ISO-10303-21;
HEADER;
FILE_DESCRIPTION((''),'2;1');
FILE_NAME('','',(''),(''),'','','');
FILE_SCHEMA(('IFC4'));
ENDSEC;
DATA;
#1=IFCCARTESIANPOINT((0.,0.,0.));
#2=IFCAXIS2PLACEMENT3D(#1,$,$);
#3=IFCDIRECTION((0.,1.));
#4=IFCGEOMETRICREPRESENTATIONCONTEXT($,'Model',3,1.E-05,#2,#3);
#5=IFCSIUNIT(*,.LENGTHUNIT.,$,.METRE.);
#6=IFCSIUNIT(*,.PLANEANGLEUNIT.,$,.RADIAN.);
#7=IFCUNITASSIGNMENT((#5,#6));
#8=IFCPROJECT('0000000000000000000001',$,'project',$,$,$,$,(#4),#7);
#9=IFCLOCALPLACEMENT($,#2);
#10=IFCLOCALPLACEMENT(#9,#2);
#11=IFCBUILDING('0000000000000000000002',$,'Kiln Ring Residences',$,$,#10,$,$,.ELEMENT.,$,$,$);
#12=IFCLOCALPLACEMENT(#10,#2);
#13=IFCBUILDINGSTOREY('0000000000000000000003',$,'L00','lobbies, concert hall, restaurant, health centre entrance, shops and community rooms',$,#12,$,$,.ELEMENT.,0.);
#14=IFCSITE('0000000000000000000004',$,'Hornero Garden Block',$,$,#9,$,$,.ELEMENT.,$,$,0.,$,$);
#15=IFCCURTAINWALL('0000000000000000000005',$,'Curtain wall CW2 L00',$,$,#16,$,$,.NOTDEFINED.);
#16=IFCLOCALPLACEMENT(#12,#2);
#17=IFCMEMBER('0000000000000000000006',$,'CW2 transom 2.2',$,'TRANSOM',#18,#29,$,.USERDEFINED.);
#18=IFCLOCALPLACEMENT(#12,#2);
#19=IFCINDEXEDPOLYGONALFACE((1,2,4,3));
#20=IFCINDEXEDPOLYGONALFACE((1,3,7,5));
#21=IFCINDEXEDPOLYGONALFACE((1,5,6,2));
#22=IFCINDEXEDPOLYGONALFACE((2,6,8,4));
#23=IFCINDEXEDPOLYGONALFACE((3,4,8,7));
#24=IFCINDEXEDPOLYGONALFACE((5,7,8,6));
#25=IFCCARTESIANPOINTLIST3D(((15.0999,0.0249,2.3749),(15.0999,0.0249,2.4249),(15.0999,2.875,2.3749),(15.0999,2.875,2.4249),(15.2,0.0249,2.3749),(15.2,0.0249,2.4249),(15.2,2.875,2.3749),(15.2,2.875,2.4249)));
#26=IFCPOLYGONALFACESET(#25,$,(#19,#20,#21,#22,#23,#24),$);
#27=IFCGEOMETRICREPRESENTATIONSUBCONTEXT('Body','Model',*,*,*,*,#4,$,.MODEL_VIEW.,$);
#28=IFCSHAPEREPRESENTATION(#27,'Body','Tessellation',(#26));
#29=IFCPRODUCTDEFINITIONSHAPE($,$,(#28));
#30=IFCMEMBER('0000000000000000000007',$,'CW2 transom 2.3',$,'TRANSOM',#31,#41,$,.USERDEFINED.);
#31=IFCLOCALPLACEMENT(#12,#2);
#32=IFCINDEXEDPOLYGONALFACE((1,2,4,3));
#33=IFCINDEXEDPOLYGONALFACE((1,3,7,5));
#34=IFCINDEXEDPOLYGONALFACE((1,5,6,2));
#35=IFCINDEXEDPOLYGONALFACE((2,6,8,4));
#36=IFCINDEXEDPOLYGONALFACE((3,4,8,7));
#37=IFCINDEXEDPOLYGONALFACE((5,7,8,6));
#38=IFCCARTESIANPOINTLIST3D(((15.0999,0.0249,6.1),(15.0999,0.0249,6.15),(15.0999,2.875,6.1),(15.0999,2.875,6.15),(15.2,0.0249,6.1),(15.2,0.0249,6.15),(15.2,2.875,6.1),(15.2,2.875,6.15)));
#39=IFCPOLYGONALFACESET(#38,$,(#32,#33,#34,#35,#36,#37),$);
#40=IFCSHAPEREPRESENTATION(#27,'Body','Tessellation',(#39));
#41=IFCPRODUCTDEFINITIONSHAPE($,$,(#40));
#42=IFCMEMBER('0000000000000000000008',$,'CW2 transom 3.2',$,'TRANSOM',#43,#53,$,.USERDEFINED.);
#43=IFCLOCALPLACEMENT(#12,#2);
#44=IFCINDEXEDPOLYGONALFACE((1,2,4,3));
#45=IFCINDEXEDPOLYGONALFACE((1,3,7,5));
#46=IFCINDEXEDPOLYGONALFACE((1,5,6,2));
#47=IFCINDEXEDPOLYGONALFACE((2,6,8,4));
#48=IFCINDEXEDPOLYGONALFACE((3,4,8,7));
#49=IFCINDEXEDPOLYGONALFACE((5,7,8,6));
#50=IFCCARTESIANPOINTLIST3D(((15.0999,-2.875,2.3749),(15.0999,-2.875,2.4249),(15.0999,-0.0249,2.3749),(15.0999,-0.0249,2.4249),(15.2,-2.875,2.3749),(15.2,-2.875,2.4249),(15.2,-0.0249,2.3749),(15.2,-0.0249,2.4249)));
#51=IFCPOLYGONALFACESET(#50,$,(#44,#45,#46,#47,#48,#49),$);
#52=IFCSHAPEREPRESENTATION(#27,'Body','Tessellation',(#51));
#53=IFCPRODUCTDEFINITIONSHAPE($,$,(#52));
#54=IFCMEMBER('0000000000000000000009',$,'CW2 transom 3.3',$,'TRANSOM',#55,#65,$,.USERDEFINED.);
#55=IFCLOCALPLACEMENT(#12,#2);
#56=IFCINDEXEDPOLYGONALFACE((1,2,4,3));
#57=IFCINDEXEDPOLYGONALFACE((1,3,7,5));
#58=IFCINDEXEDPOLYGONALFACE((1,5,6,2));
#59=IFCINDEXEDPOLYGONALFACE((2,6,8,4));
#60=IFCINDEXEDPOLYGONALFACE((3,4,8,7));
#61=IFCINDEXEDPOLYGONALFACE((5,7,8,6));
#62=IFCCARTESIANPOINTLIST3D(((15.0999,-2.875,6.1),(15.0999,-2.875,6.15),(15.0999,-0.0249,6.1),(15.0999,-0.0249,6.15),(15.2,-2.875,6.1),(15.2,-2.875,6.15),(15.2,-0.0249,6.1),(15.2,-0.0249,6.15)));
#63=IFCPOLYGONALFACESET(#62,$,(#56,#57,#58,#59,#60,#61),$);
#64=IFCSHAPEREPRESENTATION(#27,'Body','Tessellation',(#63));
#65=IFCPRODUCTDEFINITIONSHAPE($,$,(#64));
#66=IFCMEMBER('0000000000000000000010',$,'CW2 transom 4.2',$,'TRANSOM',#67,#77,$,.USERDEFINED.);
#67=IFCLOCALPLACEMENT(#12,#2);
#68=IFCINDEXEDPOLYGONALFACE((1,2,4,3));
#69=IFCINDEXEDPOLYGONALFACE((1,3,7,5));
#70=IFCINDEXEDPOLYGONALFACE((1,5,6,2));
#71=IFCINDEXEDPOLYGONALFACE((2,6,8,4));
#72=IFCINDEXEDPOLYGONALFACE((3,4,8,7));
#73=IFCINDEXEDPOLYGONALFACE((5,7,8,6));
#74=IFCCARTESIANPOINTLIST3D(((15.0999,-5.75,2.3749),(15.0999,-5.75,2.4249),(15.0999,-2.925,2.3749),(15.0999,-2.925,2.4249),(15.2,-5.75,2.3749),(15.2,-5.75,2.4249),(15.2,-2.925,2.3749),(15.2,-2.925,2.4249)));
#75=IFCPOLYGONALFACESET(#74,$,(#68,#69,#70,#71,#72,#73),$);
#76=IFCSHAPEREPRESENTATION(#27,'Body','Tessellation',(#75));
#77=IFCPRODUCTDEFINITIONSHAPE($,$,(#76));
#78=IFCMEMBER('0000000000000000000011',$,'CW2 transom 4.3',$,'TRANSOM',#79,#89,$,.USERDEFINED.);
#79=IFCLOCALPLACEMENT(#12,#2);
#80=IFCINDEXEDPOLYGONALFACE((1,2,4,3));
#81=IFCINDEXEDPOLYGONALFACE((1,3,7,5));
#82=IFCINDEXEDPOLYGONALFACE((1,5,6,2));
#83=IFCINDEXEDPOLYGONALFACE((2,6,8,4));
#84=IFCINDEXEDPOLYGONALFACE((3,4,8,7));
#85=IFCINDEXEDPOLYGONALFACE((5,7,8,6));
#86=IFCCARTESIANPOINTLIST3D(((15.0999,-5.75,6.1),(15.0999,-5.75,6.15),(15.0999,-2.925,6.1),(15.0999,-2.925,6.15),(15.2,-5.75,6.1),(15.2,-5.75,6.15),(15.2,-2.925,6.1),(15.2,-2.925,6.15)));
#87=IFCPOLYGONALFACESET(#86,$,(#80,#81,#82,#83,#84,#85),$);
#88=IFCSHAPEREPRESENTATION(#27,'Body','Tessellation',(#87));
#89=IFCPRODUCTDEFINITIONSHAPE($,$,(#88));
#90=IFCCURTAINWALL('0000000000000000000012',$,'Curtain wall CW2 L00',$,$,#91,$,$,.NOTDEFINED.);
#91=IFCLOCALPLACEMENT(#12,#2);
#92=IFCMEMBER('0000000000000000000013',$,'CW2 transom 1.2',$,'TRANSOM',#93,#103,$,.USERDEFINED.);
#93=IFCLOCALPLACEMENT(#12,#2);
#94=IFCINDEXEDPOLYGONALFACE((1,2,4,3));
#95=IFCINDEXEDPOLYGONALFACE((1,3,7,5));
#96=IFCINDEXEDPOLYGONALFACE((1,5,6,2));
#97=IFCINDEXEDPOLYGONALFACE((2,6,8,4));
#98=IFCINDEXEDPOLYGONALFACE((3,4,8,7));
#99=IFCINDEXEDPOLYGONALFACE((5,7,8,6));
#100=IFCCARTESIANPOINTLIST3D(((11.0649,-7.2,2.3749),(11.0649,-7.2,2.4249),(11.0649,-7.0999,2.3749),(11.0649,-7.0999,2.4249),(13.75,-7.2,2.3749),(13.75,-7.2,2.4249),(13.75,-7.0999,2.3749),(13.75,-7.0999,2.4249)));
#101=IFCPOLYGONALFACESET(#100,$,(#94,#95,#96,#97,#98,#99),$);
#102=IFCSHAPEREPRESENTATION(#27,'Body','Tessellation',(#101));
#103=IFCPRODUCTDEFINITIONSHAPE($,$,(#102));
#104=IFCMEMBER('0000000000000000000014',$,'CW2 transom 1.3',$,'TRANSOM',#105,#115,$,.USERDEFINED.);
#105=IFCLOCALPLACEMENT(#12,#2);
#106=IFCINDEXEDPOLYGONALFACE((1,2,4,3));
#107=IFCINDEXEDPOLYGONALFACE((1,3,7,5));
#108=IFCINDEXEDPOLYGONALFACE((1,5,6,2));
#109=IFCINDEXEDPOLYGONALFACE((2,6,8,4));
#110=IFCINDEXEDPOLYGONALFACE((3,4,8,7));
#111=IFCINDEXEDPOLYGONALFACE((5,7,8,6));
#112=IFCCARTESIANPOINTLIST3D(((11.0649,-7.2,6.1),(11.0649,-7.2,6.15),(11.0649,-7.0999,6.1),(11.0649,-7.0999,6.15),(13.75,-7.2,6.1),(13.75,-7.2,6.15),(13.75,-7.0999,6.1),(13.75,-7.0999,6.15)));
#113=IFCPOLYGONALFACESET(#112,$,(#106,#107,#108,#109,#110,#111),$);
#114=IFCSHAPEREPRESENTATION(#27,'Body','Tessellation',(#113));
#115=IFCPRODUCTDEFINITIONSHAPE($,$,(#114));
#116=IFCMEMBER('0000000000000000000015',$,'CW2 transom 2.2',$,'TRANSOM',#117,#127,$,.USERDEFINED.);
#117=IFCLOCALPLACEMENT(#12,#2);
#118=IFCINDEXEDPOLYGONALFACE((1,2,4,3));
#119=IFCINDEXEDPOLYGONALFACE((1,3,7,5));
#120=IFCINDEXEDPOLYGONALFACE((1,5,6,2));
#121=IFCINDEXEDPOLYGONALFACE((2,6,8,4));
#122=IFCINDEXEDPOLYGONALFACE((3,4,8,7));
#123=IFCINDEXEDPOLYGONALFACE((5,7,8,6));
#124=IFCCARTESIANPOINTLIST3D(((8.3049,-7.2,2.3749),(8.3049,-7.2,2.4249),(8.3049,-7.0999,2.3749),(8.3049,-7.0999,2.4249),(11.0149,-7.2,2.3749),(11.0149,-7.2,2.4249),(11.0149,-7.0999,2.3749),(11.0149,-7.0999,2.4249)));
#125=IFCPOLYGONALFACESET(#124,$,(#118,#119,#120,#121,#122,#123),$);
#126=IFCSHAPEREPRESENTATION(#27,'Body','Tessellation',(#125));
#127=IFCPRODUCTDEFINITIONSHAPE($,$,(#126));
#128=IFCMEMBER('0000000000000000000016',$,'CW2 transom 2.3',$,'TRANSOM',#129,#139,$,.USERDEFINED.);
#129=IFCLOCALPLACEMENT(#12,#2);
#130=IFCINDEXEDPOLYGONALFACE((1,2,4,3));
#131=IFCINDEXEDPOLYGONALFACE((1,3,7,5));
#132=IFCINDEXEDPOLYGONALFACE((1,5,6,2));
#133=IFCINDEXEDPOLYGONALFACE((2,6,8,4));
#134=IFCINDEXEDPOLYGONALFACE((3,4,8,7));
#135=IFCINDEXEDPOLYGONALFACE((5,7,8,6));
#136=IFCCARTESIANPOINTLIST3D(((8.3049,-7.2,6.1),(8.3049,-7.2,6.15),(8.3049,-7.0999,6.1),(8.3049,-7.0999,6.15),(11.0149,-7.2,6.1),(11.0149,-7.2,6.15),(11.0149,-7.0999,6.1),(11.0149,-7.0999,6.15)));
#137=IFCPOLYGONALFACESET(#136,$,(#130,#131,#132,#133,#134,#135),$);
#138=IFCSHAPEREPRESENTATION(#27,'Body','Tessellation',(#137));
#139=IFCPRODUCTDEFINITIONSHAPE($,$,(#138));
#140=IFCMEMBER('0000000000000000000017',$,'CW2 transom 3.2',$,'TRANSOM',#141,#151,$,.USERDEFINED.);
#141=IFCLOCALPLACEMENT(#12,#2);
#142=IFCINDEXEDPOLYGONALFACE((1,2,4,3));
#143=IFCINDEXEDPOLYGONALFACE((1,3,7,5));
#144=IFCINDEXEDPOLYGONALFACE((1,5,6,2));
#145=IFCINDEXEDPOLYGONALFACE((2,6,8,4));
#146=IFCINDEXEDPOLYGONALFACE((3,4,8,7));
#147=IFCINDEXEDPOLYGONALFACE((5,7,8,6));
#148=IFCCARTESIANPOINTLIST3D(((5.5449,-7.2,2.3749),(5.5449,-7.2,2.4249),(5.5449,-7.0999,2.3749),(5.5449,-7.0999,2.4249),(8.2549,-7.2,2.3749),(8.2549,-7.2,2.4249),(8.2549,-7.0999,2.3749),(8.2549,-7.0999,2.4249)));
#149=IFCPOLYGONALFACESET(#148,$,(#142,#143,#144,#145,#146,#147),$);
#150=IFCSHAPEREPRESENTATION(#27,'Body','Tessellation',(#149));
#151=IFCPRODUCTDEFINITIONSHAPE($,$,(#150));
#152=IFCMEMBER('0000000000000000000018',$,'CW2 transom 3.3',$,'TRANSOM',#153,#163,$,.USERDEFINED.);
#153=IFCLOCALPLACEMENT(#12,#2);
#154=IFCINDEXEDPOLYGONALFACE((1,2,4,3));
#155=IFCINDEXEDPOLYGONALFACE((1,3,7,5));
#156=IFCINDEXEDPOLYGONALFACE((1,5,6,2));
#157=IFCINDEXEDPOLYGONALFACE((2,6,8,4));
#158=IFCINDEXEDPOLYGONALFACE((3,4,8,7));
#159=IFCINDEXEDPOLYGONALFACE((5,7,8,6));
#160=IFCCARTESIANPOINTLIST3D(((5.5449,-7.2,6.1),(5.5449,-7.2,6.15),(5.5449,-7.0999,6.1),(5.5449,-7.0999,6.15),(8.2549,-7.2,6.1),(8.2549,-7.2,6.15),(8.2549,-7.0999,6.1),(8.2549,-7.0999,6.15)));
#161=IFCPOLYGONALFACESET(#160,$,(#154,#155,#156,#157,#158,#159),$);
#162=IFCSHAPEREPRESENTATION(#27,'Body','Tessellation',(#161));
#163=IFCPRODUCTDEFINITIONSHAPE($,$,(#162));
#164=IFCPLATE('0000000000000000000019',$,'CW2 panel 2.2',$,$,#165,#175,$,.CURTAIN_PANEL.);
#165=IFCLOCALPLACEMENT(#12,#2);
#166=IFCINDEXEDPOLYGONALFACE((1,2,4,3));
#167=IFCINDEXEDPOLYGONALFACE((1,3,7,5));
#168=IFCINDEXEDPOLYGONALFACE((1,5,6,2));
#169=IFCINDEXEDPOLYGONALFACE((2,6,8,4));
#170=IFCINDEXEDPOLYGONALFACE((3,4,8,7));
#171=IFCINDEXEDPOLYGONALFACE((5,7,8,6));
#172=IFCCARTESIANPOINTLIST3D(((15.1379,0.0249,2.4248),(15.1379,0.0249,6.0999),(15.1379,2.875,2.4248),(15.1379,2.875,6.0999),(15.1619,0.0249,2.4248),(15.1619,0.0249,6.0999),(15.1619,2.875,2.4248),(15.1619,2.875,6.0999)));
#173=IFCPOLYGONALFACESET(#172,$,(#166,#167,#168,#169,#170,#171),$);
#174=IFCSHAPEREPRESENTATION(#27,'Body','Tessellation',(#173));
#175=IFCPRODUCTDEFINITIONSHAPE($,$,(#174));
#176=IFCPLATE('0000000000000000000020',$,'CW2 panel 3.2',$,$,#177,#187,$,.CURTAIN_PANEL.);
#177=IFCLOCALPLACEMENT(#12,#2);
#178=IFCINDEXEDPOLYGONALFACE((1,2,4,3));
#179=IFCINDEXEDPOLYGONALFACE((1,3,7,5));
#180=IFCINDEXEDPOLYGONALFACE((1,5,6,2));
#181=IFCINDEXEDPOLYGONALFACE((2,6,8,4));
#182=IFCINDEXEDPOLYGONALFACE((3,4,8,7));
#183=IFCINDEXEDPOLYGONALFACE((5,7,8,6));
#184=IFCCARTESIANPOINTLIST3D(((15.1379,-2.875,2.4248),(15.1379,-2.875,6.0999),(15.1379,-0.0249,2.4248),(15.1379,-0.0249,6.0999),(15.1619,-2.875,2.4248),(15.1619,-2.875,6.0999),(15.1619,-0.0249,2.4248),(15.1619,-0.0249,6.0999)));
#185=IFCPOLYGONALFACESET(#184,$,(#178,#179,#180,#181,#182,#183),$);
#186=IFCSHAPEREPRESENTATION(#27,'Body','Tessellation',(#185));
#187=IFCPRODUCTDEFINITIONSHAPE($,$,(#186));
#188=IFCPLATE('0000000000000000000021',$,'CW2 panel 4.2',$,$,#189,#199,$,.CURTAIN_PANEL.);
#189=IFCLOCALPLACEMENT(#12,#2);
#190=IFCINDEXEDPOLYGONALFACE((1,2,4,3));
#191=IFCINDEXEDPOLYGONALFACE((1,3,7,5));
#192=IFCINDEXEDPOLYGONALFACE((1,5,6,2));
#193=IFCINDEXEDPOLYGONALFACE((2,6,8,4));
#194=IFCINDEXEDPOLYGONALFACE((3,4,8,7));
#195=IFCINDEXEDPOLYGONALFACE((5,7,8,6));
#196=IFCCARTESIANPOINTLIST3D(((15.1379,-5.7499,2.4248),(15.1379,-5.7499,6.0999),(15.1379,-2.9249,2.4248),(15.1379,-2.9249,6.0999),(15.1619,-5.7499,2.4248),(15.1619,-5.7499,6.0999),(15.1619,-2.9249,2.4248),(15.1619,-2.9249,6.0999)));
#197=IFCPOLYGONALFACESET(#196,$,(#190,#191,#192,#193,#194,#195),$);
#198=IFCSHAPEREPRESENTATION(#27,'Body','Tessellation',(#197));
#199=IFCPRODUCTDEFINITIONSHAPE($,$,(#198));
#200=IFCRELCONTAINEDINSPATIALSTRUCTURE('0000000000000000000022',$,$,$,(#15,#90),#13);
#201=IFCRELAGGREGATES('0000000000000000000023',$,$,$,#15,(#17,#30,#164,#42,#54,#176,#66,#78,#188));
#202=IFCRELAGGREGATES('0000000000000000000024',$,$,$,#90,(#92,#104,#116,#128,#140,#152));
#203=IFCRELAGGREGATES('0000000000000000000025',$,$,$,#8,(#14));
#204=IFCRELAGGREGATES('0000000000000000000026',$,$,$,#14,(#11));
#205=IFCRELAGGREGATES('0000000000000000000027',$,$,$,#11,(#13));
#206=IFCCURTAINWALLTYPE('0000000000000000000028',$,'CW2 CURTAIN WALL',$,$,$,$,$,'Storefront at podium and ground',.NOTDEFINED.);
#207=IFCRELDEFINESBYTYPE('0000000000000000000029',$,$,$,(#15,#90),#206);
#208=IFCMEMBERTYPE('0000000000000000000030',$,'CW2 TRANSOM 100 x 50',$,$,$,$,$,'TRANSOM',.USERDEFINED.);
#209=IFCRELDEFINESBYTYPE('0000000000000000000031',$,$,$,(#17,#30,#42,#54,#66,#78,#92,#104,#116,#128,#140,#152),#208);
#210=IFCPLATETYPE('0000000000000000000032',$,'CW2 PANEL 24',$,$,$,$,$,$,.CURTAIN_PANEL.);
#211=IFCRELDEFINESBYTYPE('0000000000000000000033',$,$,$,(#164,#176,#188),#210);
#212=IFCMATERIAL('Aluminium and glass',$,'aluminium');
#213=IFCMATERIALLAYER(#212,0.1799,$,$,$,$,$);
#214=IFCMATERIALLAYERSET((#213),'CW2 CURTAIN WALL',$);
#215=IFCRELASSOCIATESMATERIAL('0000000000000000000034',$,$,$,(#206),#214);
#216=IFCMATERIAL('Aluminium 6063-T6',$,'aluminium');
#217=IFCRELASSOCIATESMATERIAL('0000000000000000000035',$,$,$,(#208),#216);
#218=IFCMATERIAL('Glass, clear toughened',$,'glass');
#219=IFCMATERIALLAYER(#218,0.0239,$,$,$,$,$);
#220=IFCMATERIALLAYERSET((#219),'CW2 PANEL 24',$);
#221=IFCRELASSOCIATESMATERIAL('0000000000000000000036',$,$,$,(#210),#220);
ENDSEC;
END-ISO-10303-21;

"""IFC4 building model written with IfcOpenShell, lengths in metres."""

from ifc_helpers import new_model, si_unit, direction, frame, origin, origin_2d, place, context, subcontext, project, spatial, rectangle, extrude, material, layer, layer_set, material_profile, profile_set, type_object, element, aggregate, save


model = new_model("IFC4")

# Units and contexts
model_context = context("Model", 3, precision=1e-05, world=origin(), true_north=direction((0.0, 1.0)))
body_context = subcontext(model_context, "Body", "Model", "MODEL_VIEW")
ifc_project = project(units=[si_unit("LENGTHUNIT", "METRE"), si_unit("PLANEANGLEUNIT", "RADIAN")], contexts=[model_context])

# Site, building, storey
site_placement = place(None, origin())
site = spatial("IfcSite", under=ifc_project, at=site_placement, Name="Hornero Garden Block", CompositionType="ELEMENT", RefElevation=0.0)
building_placement = place(site_placement, origin())
building = spatial("IfcBuilding", under=site, at=building_placement, Name="Kiln Ring Residences", CompositionType="ELEMENT")
storey_placement = place(building_placement, origin())
storey = spatial("IfcBuildingStorey", under=building, at=storey_placement, Name="L00", Description="lobbies, concert hall, restaurant, health centre entrance, shops and community rooms", CompositionType="ELEMENT", Elevation=0.0)

# Curtain walls, members
ifc_material_1 = material(Name="Aluminium and glass", Category="aluminium")
ifc_layer_1 = layer(ifc_material_1, 0.1799)
ifc_layer_set_1 = layer_set([ifc_layer_1], Name="CW2 CURTAIN WALL")
curtain_wall_type = type_object("IfcCurtainWallType", Name="CW2 CURTAIN WALL", ElementType="Storefront at podium and ground", PredefinedType="NOTDEFINED", material=ifc_layer_set_1)
placement = place(storey_placement, origin())
curtain_wall_1 = element("IfcCurtainWall", 1, at=placement, inside=storey, type_object=curtain_wall_type, Name="Curtain wall CW2 L00", PredefinedType="NOTDEFINED")
ifc_material_2 = material(Name="Aluminium 6063-T6", Category="aluminium")
ifc_material_profile = material_profile(ifc_material_2, rectangle(XDim=0.1001, YDim=0.05, at=origin_2d()), Name="AL 100x50")
ifc_profile_set = profile_set([ifc_material_profile], Name="Aluminium 6063-T6")
member_type = type_object("IfcMemberType", Name="CW2 TRANSOM 100 x 50", ElementType="TRANSOM", PredefinedType="USERDEFINED", material=ifc_profile_set)
member_1_placement = place(storey_placement, frame((15.1499, 2.875, 2.3999), z_axis=(0.0, -1.0, 0.0), x_axis=(1.0, 0.0, 0.0)))
member_1 = element("IfcMember", 2, at=member_1_placement, type_object=member_type, Name="CW2 transom 2.2", ObjectType="TRANSOM", PredefinedType="USERDEFINED", context=body_context, shape_type="SweptSolid", body=[
    extrude(rectangle(XDim=0.1001, YDim=0.05, at=origin_2d()), origin(), (0.0, 0.0, 1.0), 2.8501),
])
member_2_placement = place(storey_placement, frame((15.1499, 2.875, 6.125), z_axis=(0.0, -1.0, 0.0), x_axis=(1.0, 0.0, 0.0)))
member_2 = element("IfcMember", 3, at=member_2_placement, type_object=member_type, Name="CW2 transom 2.3", ObjectType="TRANSOM", PredefinedType="USERDEFINED", context=body_context, shape_type="SweptSolid", body=[
    extrude(rectangle(XDim=0.1001, YDim=0.05, at=origin_2d()), origin(), (0.0, 0.0, 1.0), 2.8501),
])
member_3_placement = place(storey_placement, frame((15.1499, -0.0249, 2.3999), z_axis=(0.0, -1.0, 0.0), x_axis=(1.0, 0.0, 0.0)))
member_3 = element("IfcMember", 4, at=member_3_placement, type_object=member_type, Name="CW2 transom 3.2", ObjectType="TRANSOM", PredefinedType="USERDEFINED", context=body_context, shape_type="SweptSolid", body=[
    extrude(rectangle(XDim=0.1001, YDim=0.05, at=origin_2d()), origin(), (0.0, 0.0, 1.0), 2.8501),
])
member_4_placement = place(storey_placement, frame((15.1499, -0.0249, 6.125), z_axis=(0.0, -1.0, 0.0), x_axis=(1.0, 0.0, 0.0)))
member_4 = element("IfcMember", 5, at=member_4_placement, type_object=member_type, Name="CW2 transom 3.3", ObjectType="TRANSOM", PredefinedType="USERDEFINED", context=body_context, shape_type="SweptSolid", body=[
    extrude(rectangle(XDim=0.1001, YDim=0.05, at=origin_2d()), origin(), (0.0, 0.0, 1.0), 2.8501),
])
member_5_placement = place(storey_placement, frame((15.1499, -2.925, 2.3999), z_axis=(0.0, -1.0, 0.0), x_axis=(1.0, 0.0, 0.0)))
member_5 = element("IfcMember", 6, at=member_5_placement, type_object=member_type, Name="CW2 transom 4.2", ObjectType="TRANSOM", PredefinedType="USERDEFINED", context=body_context, shape_type="SweptSolid", body=[
    extrude(rectangle(XDim=0.1001, YDim=0.05, at=origin_2d()), origin(), (0.0, 0.0, 1.0), 2.825),
])
member_6_placement = place(storey_placement, frame((15.1499, -2.925, 6.125), z_axis=(0.0, -1.0, 0.0), x_axis=(1.0, 0.0, 0.0)))
member_6 = element("IfcMember", 7, at=member_6_placement, type_object=member_type, Name="CW2 transom 4.3", ObjectType="TRANSOM", PredefinedType="USERDEFINED", context=body_context, shape_type="SweptSolid", body=[
    extrude(rectangle(XDim=0.1001, YDim=0.05, at=origin_2d()), origin(), (0.0, 0.0, 1.0), 2.825),
])
curtain_wall_2 = element("IfcCurtainWall", 8, at=placement, inside=storey, type_object=curtain_wall_type, Name="Curtain wall CW2 L00", PredefinedType="NOTDEFINED")
member_7_placement = place(storey_placement, frame((13.75, -7.1499, 2.3999), z_axis=(-1.0, 0.0, 0.0), x_axis=(0.0, -1.0, 0.0)))
member_7 = element("IfcMember", 9, at=member_7_placement, type_object=member_type, Name="CW2 transom 1.2", ObjectType="TRANSOM", PredefinedType="USERDEFINED", context=body_context, shape_type="SweptSolid", body=[
    extrude(rectangle(XDim=0.1001, YDim=0.05, at=origin_2d()), origin(), (0.0, 0.0, 1.0), 2.6851),
])
member_8_placement = place(storey_placement, frame((13.75, -7.1499, 6.125), z_axis=(-1.0, 0.0, 0.0), x_axis=(0.0, -1.0, 0.0)))
member_8 = element("IfcMember", 10, at=member_8_placement, type_object=member_type, Name="CW2 transom 1.3", ObjectType="TRANSOM", PredefinedType="USERDEFINED", context=body_context, shape_type="SweptSolid", body=[
    extrude(rectangle(XDim=0.1001, YDim=0.05, at=origin_2d()), origin(), (0.0, 0.0, 1.0), 2.6851),
])
member_9_placement = place(storey_placement, frame((11.0149, -7.1499, 2.3999), z_axis=(-1.0, 0.0, 0.0), x_axis=(0.0, -1.0, 0.0)))
member_9 = element("IfcMember", 11, at=member_9_placement, type_object=member_type, Name="CW2 transom 2.2", ObjectType="TRANSOM", PredefinedType="USERDEFINED", context=body_context, shape_type="SweptSolid", body=[
    extrude(rectangle(XDim=0.1001, YDim=0.05, at=origin_2d()), origin(), (0.0, 0.0, 1.0), 2.71),
])
member_10_placement = place(storey_placement, frame((11.0149, -7.1499, 6.125), z_axis=(-1.0, 0.0, 0.0), x_axis=(0.0, -1.0, 0.0)))
member_10 = element("IfcMember", 12, at=member_10_placement, type_object=member_type, Name="CW2 transom 2.3", ObjectType="TRANSOM", PredefinedType="USERDEFINED", context=body_context, shape_type="SweptSolid", body=[
    extrude(rectangle(XDim=0.1001, YDim=0.05, at=origin_2d()), origin(), (0.0, 0.0, 1.0), 2.71),
])
member_11_placement = place(storey_placement, frame((8.2549, -7.1499, 2.3999), z_axis=(-1.0, 0.0, 0.0), x_axis=(0.0, -1.0, 0.0)))
member_11 = element("IfcMember", 13, at=member_11_placement, type_object=member_type, Name="CW2 transom 3.2", ObjectType="TRANSOM", PredefinedType="USERDEFINED", context=body_context, shape_type="SweptSolid", body=[
    extrude(rectangle(XDim=0.1001, YDim=0.05, at=origin_2d()), origin(), (0.0, 0.0, 1.0), 2.71),
])
member_12_placement = place(storey_placement, frame((8.2549, -7.1499, 6.125), z_axis=(-1.0, 0.0, 0.0), x_axis=(0.0, -1.0, 0.0)))
member_12 = element("IfcMember", 14, at=member_12_placement, type_object=member_type, Name="CW2 transom 3.3", ObjectType="TRANSOM", PredefinedType="USERDEFINED", context=body_context, shape_type="SweptSolid", body=[
    extrude(rectangle(XDim=0.1001, YDim=0.05, at=origin_2d()), origin(), (0.0, 0.0, 1.0), 2.71),
])

# Plates
ifc_material_3 = material(Name="Glass, clear toughened", Category="glass")
ifc_layer_2 = layer(ifc_material_3, 0.0239)
ifc_layer_set_2 = layer_set([ifc_layer_2], Name="CW2 PANEL 24")
plate_type = type_object("IfcPlateType", Name="CW2 PANEL 24", PredefinedType="CURTAIN_PANEL", material=ifc_layer_set_2)
plate_1_placement = place(storey_placement, frame((15.1499, 1.45, 2.4248), z_axis=(0.0, 0.0, 1.0), x_axis=(0.0, -1.0, 0.0)))
plate_1 = element("IfcPlate", 15, at=plate_1_placement, type_object=plate_type, Name="CW2 panel 2.2", PredefinedType="CURTAIN_PANEL", context=body_context, shape_type="SweptSolid", body=[
    extrude(rectangle(XDim=2.8501, YDim=0.0239, at=origin_2d()), origin(), (0.0, 0.0, 1.0), 3.675),
])
plate_2_placement = place(storey_placement, frame((15.1499, -1.45, 2.4248), z_axis=(0.0, 0.0, 1.0), x_axis=(0.0, -1.0, 0.0)))
plate_2 = element("IfcPlate", 16, at=plate_2_placement, type_object=plate_type, Name="CW2 panel 3.2", PredefinedType="CURTAIN_PANEL", context=body_context, shape_type="SweptSolid", body=[
    extrude(rectangle(XDim=2.8501, YDim=0.0239, at=origin_2d()), origin(), (0.0, 0.0, 1.0), 3.675),
])
plate_3_placement = place(storey_placement, frame((15.1499, -4.3374, 2.4248), z_axis=(0.0, 0.0, 1.0), x_axis=(0.0, -1.0, 0.0)))
plate_3 = element("IfcPlate", 17, at=plate_3_placement, type_object=plate_type, Name="CW2 panel 4.2", PredefinedType="CURTAIN_PANEL", context=body_context, shape_type="SweptSolid", body=[
    extrude(rectangle(XDim=2.825, YDim=0.0239, at=origin_2d()), origin(), (0.0, 0.0, 1.0), 3.675),
])
aggregate(curtain_wall_1, [member_1, member_2, plate_1, member_3, member_4, plate_2, member_5, member_6, plate_3])
aggregate(curtain_wall_2, [member_7, member_8, member_9, member_10, member_11, member_12])

save(model, "model.ifc")
